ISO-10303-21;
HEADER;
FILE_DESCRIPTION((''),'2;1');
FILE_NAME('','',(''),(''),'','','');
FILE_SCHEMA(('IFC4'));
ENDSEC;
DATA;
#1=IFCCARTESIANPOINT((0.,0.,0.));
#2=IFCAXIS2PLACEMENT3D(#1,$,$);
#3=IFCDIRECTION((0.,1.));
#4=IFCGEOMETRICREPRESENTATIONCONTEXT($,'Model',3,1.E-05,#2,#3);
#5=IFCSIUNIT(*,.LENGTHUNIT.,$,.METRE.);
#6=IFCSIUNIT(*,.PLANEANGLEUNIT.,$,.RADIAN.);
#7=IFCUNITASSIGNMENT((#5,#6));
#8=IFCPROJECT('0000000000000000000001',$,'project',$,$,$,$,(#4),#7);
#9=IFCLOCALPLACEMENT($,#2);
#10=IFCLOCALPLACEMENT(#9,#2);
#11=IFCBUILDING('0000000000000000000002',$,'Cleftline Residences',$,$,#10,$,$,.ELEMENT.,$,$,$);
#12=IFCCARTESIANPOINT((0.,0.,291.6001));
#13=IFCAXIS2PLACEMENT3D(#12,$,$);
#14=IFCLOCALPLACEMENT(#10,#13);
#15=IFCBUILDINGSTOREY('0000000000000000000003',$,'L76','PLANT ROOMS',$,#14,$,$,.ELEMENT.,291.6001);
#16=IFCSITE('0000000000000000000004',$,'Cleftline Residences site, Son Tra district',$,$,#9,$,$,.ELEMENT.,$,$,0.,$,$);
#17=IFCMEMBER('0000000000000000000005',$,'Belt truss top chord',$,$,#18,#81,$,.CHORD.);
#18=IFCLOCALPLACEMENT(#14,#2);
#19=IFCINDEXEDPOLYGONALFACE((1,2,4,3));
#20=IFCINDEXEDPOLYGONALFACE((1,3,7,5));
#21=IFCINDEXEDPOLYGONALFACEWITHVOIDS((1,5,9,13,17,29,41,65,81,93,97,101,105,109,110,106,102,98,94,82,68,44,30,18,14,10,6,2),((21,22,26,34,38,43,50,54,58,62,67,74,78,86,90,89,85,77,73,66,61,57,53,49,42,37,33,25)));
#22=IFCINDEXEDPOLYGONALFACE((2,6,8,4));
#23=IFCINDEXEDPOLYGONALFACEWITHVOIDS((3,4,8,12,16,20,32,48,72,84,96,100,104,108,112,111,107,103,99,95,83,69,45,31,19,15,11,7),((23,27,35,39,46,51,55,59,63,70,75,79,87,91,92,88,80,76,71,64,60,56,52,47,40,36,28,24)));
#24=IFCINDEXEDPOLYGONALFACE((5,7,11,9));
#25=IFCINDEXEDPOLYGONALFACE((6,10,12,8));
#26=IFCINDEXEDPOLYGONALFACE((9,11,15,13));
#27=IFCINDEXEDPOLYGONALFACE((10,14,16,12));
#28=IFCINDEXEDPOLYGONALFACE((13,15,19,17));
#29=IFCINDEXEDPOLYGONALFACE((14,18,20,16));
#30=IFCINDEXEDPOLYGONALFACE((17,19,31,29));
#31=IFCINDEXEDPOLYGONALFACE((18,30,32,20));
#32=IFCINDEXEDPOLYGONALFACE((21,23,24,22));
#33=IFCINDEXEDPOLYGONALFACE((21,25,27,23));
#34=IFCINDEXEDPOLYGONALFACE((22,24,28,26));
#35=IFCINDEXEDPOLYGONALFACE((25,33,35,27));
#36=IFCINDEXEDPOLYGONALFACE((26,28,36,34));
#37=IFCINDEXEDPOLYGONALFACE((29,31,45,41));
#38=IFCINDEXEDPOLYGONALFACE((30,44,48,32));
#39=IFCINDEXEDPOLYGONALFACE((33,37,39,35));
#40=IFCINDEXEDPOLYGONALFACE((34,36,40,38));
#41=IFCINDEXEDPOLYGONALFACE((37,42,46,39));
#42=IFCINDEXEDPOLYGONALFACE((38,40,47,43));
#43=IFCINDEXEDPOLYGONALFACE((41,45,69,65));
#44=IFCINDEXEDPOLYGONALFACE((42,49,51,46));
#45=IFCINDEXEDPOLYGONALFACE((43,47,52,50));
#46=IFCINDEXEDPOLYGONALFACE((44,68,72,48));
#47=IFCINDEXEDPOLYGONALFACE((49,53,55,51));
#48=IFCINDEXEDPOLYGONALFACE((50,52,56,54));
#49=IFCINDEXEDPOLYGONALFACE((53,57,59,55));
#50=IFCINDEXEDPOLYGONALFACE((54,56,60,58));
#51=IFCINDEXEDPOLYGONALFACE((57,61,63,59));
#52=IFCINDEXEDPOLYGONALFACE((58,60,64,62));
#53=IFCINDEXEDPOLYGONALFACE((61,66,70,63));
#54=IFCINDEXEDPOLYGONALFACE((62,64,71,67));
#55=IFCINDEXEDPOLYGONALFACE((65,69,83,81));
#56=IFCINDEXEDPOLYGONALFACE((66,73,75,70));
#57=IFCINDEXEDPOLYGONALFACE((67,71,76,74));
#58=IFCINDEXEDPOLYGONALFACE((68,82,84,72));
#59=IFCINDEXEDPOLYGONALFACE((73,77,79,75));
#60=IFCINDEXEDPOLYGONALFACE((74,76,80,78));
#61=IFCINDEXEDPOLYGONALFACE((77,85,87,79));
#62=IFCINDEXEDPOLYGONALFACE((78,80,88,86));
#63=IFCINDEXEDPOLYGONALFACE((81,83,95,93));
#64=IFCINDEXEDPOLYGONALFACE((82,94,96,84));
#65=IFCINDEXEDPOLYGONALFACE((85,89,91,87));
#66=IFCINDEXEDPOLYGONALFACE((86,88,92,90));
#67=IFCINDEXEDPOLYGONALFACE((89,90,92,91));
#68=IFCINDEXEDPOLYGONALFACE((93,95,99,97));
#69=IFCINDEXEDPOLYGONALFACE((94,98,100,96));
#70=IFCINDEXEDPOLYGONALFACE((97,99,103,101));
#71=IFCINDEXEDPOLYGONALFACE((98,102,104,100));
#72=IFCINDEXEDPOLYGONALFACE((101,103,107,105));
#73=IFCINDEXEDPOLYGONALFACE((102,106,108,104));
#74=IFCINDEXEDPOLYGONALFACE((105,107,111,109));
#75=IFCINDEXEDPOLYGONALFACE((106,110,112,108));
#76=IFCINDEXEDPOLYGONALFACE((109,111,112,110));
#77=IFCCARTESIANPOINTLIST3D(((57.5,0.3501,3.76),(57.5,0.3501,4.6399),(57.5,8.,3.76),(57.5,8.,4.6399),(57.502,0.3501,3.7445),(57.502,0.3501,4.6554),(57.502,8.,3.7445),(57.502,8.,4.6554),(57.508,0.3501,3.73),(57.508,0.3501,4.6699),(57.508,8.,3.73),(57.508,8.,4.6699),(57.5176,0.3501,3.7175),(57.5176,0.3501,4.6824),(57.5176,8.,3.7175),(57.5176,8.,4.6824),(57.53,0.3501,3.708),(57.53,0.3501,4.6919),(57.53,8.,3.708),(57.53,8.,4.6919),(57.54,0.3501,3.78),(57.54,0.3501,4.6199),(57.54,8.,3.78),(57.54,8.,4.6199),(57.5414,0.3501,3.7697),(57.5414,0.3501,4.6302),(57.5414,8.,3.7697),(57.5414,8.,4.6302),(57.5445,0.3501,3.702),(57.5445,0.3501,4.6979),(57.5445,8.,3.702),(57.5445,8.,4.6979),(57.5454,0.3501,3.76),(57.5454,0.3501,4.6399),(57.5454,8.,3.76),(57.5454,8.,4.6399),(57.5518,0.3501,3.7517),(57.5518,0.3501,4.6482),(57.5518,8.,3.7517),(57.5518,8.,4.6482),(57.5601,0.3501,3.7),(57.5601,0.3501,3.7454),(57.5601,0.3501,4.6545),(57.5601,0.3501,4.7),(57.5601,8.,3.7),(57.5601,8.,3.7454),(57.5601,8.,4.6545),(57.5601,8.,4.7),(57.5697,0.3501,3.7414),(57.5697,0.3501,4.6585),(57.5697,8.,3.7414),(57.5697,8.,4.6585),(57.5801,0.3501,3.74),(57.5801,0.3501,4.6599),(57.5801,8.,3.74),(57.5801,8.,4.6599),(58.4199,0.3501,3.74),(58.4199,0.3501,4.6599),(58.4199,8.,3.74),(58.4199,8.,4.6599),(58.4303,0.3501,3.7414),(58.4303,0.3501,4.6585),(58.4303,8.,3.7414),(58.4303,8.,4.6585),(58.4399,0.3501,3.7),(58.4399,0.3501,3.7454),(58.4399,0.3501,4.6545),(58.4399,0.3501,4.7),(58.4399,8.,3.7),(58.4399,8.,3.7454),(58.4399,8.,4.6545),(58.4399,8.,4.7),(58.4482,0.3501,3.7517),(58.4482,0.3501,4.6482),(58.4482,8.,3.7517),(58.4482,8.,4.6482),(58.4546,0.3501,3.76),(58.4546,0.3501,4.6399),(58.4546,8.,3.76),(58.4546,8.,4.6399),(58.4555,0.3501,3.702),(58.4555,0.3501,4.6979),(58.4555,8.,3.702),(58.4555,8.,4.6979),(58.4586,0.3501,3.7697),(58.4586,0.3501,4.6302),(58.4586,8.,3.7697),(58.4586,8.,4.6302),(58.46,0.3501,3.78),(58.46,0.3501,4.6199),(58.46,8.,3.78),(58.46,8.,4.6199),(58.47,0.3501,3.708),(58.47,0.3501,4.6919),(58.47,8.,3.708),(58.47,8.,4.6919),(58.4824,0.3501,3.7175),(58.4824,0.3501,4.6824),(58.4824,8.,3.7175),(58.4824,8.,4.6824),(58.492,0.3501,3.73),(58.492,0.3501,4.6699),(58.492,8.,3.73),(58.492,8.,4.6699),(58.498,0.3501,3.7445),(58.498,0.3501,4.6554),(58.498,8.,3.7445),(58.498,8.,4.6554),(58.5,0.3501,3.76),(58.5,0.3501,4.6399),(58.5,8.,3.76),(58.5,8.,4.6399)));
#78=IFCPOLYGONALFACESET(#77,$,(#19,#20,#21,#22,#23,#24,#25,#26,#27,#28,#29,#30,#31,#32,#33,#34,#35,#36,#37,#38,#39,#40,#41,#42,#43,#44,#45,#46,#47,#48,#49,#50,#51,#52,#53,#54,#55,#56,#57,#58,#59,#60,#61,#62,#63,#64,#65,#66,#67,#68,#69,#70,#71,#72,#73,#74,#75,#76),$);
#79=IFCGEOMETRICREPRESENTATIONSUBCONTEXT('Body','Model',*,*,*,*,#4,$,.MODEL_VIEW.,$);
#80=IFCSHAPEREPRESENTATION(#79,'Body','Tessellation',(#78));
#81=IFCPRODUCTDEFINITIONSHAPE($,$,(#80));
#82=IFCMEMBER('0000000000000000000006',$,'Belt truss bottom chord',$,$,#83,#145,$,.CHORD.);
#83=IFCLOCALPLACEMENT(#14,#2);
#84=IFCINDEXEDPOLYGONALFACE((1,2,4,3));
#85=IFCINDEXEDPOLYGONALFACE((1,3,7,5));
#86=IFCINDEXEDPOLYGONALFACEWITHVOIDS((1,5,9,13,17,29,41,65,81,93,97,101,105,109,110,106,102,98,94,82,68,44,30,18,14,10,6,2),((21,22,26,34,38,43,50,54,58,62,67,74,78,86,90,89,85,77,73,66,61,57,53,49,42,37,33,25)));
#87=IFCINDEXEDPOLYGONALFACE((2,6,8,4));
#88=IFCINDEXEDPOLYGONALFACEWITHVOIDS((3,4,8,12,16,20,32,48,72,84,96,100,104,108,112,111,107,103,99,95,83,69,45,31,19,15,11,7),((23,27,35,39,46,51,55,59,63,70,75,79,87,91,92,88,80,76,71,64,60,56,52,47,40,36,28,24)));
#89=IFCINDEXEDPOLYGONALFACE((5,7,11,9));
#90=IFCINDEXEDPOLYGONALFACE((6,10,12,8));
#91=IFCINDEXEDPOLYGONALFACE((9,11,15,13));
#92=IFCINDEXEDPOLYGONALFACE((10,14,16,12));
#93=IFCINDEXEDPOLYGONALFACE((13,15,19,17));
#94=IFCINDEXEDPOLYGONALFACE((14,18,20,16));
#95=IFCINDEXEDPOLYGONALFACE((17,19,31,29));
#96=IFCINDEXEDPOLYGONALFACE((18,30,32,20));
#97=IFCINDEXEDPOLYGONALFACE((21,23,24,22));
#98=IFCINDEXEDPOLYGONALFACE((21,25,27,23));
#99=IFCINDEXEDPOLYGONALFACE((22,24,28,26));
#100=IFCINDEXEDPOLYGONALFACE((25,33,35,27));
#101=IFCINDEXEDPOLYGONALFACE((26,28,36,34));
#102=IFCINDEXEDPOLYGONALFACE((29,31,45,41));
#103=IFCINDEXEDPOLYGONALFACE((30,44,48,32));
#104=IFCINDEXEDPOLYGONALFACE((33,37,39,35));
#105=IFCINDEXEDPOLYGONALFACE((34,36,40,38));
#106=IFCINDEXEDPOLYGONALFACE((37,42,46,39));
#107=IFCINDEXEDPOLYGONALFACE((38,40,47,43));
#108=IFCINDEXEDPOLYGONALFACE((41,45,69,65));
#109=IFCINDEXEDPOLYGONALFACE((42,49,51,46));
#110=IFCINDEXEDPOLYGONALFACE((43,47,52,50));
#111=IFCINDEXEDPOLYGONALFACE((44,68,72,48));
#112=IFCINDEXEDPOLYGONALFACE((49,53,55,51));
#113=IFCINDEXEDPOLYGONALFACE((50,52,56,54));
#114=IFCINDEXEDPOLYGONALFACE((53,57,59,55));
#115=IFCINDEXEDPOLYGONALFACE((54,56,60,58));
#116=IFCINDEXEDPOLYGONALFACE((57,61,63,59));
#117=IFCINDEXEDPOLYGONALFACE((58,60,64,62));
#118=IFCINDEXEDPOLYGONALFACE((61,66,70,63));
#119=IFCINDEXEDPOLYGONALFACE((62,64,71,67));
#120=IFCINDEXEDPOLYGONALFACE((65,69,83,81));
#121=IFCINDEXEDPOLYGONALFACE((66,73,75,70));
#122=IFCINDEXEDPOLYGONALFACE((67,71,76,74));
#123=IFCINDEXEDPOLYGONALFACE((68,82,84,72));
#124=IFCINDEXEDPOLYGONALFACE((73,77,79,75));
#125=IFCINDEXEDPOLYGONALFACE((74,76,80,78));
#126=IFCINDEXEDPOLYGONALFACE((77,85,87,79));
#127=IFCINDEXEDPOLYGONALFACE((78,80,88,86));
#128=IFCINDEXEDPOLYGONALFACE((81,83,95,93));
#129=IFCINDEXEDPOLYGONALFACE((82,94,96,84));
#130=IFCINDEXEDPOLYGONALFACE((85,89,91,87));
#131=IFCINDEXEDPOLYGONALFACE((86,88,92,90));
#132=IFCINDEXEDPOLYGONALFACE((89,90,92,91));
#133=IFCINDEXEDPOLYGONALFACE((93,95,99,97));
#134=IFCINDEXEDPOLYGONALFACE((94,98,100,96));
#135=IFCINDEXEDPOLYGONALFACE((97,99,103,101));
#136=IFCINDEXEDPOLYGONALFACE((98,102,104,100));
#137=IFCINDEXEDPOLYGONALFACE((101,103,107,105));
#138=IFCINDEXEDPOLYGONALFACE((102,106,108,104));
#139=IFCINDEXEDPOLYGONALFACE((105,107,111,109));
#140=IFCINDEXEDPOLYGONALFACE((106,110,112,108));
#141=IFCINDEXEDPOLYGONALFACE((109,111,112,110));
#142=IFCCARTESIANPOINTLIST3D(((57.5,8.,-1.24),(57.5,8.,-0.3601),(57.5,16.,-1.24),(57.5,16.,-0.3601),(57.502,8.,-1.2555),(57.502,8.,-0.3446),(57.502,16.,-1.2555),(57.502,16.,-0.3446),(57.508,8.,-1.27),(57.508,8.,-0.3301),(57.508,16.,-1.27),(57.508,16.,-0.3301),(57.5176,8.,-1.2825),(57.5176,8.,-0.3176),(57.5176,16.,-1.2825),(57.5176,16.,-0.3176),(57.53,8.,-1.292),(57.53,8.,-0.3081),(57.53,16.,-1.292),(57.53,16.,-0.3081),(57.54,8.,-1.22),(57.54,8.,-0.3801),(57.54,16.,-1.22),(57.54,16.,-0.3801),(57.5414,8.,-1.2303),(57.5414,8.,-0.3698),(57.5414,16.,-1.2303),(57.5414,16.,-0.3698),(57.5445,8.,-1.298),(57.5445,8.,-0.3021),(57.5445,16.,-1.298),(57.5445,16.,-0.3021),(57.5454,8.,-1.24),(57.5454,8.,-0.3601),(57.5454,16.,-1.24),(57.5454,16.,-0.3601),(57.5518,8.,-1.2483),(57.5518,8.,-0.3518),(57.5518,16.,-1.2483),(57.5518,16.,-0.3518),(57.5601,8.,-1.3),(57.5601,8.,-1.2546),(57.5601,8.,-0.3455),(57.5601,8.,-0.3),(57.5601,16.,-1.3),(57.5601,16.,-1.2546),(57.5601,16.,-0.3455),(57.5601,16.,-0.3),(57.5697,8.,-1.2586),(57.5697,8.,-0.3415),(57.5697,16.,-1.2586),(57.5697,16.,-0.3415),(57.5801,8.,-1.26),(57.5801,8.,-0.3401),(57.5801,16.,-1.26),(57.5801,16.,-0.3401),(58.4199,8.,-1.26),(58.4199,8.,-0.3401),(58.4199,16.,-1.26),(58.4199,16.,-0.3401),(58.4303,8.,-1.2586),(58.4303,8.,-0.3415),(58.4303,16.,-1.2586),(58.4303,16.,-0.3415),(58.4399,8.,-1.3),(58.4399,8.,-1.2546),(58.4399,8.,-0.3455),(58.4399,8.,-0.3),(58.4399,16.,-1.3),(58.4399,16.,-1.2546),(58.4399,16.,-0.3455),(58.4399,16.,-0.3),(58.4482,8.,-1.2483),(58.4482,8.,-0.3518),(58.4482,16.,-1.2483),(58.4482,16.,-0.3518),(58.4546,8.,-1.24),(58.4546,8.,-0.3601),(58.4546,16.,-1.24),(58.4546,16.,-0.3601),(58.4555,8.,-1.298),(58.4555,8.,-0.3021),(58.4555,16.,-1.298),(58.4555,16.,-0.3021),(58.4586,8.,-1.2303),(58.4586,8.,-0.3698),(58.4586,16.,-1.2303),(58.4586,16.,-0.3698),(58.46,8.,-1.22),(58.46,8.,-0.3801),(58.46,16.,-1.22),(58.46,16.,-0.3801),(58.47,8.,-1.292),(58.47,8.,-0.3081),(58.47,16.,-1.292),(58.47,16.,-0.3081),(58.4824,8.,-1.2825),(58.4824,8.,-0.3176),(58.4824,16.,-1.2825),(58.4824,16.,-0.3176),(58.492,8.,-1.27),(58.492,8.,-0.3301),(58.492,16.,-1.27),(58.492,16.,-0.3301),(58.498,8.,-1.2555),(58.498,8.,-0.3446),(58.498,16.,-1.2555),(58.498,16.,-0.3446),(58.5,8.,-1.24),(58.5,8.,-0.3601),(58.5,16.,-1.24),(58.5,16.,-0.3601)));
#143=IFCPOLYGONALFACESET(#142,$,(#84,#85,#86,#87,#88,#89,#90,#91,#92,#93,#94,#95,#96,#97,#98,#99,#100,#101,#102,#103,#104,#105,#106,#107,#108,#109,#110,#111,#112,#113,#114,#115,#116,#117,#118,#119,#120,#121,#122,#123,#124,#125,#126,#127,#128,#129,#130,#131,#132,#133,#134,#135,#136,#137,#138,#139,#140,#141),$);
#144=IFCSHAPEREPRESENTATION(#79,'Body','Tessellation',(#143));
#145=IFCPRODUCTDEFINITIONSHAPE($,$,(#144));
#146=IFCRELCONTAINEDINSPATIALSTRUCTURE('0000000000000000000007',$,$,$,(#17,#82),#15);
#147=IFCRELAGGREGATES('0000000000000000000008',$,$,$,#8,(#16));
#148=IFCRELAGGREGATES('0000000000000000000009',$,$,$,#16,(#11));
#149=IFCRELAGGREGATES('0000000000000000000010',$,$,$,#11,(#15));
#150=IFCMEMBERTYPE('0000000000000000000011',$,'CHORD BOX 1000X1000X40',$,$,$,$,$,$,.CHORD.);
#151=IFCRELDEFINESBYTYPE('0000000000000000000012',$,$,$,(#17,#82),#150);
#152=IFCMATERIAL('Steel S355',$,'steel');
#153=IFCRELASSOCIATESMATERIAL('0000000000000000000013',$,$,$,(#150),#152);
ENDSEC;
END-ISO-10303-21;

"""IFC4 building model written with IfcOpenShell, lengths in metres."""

from ifc_helpers import new_model, si_unit, direction, frame, origin, origin_2d, place, context, subcontext, project, spatial, hollow_rectangle, extrude, material, material_profile, profile_set, type_object, element, save


model = new_model("IFC4")

# Units and contexts
model_context = context("Model", 3, precision=1e-05, world=origin(), true_north=direction((0.0, 1.0)))
body_context = subcontext(model_context, "Body", "Model", "MODEL_VIEW")
ifc_project = project(units=[si_unit("LENGTHUNIT", "METRE"), si_unit("PLANEANGLEUNIT", "RADIAN")], contexts=[model_context])

# Site, building, storey
site_placement = place(None, origin())
site = spatial("IfcSite", under=ifc_project, at=site_placement, Name="Cleftline Residences site, Son Tra district", CompositionType="ELEMENT", RefElevation=0.0)
building_placement = place(site_placement, origin())
building = spatial("IfcBuilding", under=site, at=building_placement, Name="Cleftline Residences", CompositionType="ELEMENT")
storey_placement = place(building_placement, frame((0.0, 0.0, 291.6001)))
storey = spatial("IfcBuildingStorey", under=building, at=storey_placement, Name="L76", Description="PLANT ROOMS", CompositionType="ELEMENT", Elevation=291.6001)

# Members
ifc_material_1 = material(Name="Steel S355", Category="steel")
ifc_material_profile_1 = material_profile(ifc_material_1, hollow_rectangle(XDim=1.0, YDim=1.0, WallThickness=0.04, InnerFilletRadius=0.04, OuterFilletRadius=0.0601, at=origin_2d()))
ifc_profile_set_1 = profile_set([ifc_material_profile_1], Name="Steel S355")
member_type_1 = type_object("IfcMemberType", Name="CHORD BOX 1000X1000X40", PredefinedType="CHORD", material=ifc_profile_set_1)
for number, where, z_axis, x_axis, name in (
    (1, (58.0, 0.3501, 4.2), (0.0, 1.0, 0.0), (-1.0, 0.0, 0.0), "Belt truss top chord"),
):
    element("IfcMember", number, at=place(storey_placement, frame(where, z_axis=z_axis, x_axis=x_axis)), inside=storey, type_object=member_type_1, Name=name, PredefinedType="CHORD", context=body_context, shape_type="SweptSolid", body=[
        extrude(hollow_rectangle(XDim=1.0, YDim=1.0, WallThickness=0.04, InnerFilletRadius=0.04, OuterFilletRadius=0.0601, at=origin_2d()), origin(), (0.0, 0.0, 1.0), 7.6499),
    ])
for number, where, z_axis, x_axis, name in (
    (2, (58.0, 8.0, -0.8), (0.0, 1.0, 0.0), (-1.0, 0.0, 0.0), "Belt truss bottom chord"),
):
    element("IfcMember", number, at=place(storey_placement, frame(where, z_axis=z_axis, x_axis=x_axis)), inside=storey, type_object=member_type_1, Name=name, PredefinedType="CHORD", context=body_context, shape_type="SweptSolid", body=[
        extrude(hollow_rectangle(XDim=1.0, YDim=1.0, WallThickness=0.04, InnerFilletRadius=0.04, OuterFilletRadius=0.0601, at=origin_2d()), origin(), (0.0, 0.0, 1.0), 8.0),
    ])

save(model, "model.ifc")
